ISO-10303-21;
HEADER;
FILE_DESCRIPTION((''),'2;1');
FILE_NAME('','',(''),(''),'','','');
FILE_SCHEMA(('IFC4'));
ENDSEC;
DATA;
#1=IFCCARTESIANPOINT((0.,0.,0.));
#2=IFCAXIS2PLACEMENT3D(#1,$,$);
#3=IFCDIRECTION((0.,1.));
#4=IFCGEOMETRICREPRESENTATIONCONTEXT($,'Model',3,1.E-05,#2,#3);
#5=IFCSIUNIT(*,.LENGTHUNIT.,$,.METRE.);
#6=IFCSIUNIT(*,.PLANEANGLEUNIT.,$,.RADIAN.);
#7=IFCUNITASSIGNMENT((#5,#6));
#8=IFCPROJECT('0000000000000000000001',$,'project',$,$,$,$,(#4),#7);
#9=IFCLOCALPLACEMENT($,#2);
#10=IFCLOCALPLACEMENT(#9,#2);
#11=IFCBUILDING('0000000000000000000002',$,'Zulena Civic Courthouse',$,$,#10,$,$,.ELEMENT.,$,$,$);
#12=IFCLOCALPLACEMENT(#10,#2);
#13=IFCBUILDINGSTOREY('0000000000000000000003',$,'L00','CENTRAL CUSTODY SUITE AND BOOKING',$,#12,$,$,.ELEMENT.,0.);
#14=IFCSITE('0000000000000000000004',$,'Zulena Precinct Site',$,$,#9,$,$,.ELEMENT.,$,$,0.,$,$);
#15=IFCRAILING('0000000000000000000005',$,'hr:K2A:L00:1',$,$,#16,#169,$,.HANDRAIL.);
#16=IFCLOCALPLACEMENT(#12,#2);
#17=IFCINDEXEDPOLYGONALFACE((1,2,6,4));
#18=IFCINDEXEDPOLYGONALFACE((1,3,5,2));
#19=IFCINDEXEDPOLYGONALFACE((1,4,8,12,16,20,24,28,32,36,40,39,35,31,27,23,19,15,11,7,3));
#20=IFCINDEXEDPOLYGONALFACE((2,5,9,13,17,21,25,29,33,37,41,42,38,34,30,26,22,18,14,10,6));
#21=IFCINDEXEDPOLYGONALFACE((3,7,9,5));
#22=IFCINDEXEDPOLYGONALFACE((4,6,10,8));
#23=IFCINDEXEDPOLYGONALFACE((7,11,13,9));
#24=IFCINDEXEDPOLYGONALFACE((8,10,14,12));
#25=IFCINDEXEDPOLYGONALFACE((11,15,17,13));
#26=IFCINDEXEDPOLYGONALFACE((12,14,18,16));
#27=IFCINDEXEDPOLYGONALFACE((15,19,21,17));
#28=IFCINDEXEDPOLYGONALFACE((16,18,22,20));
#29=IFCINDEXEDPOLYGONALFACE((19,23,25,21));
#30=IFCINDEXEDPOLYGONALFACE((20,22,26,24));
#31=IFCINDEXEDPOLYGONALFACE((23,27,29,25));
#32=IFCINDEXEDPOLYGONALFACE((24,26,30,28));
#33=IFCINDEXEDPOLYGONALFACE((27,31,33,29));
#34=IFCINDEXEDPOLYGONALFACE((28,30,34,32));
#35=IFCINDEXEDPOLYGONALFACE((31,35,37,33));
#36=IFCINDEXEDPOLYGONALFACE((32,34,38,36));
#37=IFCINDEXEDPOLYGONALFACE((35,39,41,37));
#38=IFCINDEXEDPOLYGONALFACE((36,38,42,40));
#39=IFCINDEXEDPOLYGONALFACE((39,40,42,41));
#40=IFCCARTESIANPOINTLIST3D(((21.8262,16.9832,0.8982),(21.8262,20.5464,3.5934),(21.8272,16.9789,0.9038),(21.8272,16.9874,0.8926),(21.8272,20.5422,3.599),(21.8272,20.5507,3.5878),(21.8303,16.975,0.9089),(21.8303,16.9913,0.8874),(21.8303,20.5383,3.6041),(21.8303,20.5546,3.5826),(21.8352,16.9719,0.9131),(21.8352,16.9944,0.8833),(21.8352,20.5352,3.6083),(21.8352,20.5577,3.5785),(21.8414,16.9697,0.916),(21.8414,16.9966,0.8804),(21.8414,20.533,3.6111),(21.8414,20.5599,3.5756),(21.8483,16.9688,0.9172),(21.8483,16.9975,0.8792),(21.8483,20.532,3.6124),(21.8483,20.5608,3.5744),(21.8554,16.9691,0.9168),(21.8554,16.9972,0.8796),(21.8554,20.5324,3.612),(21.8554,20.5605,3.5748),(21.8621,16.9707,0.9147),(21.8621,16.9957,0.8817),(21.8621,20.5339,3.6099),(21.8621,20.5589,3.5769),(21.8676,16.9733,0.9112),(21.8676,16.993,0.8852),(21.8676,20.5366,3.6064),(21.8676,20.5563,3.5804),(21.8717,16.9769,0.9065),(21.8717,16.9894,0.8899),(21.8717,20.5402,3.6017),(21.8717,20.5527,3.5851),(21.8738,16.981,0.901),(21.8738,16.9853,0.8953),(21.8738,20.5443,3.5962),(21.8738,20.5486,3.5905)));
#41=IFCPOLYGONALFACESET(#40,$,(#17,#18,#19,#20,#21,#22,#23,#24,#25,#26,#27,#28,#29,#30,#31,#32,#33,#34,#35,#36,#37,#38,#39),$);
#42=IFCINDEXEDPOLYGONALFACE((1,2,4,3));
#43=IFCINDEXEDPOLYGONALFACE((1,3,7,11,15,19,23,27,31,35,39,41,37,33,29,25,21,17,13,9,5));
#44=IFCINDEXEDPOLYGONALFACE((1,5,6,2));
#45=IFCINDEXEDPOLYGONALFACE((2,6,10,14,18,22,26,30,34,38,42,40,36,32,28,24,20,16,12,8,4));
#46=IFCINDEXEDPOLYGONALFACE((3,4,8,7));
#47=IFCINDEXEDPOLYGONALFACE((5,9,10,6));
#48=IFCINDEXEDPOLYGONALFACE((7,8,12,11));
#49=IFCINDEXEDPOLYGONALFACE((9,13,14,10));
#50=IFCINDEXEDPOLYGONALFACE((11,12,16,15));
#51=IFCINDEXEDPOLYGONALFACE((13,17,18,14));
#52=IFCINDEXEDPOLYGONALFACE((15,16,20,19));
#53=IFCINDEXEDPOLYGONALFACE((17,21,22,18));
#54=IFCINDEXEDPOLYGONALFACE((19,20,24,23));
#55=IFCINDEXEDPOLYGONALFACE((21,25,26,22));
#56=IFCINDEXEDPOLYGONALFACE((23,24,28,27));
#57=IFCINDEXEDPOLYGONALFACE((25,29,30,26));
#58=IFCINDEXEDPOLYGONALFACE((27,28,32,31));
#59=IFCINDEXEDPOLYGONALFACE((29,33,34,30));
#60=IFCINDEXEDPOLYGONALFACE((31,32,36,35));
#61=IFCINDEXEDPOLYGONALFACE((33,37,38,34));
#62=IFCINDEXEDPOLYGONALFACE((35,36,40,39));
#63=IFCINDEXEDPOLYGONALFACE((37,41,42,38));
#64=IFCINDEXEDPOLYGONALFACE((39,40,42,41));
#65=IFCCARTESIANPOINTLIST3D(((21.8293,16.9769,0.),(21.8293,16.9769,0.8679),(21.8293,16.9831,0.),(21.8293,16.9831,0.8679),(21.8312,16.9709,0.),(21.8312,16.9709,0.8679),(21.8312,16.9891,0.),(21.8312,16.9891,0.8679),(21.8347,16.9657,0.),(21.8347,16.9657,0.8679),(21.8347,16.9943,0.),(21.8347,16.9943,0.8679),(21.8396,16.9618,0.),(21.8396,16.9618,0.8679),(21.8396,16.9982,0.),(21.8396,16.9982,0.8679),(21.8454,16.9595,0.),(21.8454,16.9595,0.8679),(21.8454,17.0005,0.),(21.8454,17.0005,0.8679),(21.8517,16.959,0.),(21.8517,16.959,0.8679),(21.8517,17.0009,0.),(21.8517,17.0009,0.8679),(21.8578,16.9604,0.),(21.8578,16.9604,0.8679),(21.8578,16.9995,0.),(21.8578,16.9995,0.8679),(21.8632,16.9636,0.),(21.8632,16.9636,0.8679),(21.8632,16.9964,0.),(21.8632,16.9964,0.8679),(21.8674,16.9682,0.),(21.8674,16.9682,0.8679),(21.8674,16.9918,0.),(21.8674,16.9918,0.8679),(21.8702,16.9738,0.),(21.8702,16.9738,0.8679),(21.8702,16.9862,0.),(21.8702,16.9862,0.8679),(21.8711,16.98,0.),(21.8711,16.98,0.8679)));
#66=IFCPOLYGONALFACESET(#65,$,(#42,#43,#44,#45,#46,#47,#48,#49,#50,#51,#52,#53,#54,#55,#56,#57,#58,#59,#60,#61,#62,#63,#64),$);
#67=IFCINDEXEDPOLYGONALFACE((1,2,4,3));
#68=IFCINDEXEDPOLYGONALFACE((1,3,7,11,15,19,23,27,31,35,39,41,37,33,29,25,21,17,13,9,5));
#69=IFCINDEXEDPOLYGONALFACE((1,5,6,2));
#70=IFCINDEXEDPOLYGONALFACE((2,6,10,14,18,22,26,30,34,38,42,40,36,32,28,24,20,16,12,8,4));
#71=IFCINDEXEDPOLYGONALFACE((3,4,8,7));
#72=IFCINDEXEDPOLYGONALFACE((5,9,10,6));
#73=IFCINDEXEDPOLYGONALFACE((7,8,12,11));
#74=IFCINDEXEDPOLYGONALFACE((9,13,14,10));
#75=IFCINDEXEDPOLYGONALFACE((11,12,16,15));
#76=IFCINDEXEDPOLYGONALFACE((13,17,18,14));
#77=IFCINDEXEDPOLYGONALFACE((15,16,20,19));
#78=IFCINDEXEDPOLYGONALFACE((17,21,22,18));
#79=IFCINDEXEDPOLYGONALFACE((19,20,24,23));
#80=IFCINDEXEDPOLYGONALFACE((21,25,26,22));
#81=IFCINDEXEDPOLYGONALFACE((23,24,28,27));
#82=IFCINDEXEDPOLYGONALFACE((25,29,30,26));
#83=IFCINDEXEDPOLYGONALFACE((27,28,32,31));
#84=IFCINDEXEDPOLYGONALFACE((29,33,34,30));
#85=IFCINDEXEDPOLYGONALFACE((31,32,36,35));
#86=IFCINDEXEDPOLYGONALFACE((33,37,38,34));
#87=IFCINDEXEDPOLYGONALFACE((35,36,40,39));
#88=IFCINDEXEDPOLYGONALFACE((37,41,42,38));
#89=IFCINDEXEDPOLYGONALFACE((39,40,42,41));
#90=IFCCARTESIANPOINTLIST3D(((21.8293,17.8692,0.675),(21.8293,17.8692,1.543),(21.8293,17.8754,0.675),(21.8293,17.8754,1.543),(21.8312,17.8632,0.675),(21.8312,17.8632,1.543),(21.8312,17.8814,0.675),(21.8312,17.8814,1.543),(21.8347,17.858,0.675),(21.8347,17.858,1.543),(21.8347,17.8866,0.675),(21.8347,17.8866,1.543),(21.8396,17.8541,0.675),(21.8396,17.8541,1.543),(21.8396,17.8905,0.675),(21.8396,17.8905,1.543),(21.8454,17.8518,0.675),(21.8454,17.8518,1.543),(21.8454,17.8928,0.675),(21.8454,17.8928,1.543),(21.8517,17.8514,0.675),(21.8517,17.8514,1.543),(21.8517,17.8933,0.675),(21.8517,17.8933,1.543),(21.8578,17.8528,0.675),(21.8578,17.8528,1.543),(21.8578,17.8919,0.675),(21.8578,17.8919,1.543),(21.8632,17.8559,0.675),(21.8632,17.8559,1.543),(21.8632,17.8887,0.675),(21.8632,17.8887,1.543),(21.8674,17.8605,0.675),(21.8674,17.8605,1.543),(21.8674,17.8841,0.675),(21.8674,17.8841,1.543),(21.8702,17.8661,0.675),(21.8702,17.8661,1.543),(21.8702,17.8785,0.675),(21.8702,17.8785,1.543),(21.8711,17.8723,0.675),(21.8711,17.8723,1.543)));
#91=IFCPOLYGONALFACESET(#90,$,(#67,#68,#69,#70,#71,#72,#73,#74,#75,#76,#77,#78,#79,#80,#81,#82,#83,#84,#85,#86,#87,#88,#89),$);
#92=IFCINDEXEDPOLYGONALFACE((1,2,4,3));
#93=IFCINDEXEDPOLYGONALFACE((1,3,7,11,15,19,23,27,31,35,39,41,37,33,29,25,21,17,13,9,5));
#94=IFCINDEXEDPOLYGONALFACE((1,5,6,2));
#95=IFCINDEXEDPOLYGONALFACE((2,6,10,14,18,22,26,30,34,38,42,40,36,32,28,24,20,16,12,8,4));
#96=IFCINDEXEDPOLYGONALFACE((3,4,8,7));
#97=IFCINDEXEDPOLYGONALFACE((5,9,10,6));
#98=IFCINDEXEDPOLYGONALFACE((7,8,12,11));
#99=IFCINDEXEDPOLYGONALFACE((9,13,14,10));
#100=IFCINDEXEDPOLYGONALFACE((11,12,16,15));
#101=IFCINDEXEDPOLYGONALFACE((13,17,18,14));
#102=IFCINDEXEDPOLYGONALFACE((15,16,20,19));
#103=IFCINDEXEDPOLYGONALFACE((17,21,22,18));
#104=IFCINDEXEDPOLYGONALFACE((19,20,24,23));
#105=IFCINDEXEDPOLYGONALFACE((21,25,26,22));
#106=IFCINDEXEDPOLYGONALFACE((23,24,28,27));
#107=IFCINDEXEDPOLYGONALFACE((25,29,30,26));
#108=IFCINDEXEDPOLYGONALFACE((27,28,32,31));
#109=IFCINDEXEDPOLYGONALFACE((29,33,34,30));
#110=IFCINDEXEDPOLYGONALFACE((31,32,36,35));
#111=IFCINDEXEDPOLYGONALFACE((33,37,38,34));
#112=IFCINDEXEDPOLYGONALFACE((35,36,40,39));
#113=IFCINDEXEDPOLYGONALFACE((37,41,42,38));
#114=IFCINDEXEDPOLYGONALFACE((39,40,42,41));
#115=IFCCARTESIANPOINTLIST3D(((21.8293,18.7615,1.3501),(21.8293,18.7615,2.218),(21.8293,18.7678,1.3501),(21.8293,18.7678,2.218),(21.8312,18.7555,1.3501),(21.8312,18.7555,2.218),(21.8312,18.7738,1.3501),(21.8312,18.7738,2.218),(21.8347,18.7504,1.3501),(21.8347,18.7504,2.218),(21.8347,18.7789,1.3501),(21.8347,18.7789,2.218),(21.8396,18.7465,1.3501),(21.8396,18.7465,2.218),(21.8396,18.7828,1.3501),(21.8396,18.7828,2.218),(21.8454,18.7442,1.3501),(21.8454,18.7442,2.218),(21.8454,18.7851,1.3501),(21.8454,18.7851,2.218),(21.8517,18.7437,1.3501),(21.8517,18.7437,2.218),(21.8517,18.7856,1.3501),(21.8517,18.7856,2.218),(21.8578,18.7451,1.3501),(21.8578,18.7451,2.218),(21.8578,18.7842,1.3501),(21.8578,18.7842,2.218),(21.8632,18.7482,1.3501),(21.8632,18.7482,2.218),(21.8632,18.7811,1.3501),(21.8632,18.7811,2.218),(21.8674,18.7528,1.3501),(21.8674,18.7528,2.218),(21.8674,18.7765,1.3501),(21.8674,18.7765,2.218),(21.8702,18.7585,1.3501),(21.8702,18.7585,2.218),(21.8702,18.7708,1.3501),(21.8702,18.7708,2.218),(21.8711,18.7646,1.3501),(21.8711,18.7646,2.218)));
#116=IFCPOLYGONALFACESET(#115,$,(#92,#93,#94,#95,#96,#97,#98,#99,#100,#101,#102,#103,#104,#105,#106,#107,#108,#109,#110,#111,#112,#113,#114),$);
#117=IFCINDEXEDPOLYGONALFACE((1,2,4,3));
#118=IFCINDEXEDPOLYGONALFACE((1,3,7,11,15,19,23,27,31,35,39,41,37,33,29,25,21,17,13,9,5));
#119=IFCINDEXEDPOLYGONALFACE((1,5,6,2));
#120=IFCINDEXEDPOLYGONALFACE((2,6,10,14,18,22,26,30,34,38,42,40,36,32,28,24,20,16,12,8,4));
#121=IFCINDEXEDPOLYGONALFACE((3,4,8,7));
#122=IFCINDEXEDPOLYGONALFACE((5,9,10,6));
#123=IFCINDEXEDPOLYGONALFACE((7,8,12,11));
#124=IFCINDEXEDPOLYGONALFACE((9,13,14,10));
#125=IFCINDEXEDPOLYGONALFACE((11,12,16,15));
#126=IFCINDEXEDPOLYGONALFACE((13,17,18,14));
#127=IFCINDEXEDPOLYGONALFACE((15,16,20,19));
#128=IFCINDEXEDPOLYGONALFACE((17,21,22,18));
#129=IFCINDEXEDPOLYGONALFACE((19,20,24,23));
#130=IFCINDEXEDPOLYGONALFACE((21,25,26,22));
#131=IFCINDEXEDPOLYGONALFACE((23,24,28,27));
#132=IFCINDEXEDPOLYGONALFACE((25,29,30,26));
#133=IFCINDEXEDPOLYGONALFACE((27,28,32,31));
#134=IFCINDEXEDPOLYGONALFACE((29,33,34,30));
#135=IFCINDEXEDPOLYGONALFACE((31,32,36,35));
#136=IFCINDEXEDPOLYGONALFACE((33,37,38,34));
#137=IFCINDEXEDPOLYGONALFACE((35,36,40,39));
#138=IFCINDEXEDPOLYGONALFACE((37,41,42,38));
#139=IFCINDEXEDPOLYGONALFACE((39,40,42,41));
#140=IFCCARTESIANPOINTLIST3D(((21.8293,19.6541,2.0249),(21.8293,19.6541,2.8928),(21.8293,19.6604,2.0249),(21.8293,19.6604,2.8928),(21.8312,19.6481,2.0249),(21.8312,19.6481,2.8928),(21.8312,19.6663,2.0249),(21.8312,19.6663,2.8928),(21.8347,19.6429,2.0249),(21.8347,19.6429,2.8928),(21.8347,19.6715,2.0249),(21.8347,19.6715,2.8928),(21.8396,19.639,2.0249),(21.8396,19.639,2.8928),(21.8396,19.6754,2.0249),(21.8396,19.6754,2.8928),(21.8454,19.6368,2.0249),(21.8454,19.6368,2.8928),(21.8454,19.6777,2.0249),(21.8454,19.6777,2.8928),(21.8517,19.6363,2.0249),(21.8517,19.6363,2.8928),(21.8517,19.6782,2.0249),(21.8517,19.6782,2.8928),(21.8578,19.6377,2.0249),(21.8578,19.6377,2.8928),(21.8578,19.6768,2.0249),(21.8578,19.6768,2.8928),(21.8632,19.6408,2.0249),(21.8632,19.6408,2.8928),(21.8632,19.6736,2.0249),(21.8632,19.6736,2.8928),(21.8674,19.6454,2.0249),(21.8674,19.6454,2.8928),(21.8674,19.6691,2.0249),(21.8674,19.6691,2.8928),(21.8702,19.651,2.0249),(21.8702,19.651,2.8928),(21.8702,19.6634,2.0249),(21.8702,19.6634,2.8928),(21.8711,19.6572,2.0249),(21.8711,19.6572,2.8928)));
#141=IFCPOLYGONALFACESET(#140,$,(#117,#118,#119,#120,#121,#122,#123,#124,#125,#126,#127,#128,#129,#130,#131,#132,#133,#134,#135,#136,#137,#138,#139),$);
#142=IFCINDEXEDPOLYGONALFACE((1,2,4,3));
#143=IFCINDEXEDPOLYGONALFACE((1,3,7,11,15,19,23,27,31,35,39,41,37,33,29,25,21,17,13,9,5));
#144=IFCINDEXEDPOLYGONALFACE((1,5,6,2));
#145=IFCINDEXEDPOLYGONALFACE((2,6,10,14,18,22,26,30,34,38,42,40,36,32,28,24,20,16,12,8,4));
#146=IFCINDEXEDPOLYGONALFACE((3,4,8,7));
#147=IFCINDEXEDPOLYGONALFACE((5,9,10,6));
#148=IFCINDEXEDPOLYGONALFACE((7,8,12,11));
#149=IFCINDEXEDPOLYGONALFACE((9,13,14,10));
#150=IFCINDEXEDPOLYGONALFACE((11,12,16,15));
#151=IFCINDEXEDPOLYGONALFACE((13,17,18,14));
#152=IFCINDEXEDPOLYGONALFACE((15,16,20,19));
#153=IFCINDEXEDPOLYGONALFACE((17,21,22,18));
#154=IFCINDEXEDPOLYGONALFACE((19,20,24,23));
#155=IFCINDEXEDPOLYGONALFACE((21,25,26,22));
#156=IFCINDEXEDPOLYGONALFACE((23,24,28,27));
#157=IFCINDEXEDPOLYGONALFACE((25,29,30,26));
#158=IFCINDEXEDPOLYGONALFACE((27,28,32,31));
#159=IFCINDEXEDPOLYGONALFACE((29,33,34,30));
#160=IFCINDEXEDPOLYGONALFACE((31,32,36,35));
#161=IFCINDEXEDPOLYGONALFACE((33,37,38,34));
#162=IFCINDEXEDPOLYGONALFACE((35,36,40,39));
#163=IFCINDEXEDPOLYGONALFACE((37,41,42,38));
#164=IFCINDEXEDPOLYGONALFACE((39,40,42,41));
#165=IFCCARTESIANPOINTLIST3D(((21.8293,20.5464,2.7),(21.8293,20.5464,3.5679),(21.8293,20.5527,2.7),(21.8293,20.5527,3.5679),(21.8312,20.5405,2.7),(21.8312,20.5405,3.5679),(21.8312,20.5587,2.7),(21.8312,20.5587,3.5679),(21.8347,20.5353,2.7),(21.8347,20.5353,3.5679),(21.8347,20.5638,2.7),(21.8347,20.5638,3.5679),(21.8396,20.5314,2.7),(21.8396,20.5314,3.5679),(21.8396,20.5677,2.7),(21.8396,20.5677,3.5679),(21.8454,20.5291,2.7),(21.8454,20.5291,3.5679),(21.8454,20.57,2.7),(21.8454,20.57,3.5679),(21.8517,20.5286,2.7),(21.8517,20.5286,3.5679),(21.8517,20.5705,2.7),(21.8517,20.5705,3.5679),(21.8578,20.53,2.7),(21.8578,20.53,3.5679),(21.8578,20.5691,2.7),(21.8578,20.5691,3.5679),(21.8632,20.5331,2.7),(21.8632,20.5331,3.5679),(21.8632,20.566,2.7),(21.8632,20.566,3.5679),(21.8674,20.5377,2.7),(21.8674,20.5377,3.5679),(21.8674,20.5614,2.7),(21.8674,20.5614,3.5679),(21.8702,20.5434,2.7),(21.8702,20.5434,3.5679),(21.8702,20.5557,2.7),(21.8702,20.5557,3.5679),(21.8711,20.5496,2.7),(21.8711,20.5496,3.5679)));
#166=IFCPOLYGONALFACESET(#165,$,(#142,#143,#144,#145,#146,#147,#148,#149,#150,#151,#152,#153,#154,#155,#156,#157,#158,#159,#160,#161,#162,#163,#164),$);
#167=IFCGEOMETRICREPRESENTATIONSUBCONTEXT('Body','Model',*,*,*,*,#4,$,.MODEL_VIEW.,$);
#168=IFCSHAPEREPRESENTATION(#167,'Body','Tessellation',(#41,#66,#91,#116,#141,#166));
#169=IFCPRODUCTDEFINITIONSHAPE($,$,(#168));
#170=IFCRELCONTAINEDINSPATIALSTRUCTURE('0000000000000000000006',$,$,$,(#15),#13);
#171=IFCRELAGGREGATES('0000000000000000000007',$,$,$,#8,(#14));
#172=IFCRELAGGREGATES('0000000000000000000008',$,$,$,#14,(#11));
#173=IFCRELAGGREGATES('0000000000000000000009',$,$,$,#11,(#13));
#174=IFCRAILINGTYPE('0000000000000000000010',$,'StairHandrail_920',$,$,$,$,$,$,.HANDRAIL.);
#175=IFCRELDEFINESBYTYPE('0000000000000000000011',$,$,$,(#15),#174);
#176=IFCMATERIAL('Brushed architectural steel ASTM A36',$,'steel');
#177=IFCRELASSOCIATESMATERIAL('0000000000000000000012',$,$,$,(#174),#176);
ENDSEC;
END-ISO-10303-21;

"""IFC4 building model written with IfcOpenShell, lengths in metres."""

from ifc_helpers import new_model, si_unit, direction, frame, origin, origin_2d, place, context, subcontext, project, spatial, circle, extrude, material, type_object, element, save


model = new_model("IFC4")

# Units and contexts
model_context = context("Model", 3, precision=1e-05, world=origin(), true_north=direction((0.0, 1.0)))
body_context = subcontext(model_context, "Body", "Model", "MODEL_VIEW")
ifc_project = project(units=[si_unit("LENGTHUNIT", "METRE"), si_unit("PLANEANGLEUNIT", "RADIAN")], contexts=[model_context])

# Site, building, storey
site_placement = place(None, origin())
site = spatial("IfcSite", under=ifc_project, at=site_placement, Name="Zulena Precinct Site", CompositionType="ELEMENT", RefElevation=0.0)
building_placement = place(site_placement, origin())
building = spatial("IfcBuilding", under=site, at=building_placement, Name="Zulena Civic Courthouse", CompositionType="ELEMENT")
storey_placement = place(building_placement, origin())
storey = spatial("IfcBuildingStorey", under=building, at=storey_placement, Name="L00", Description="CENTRAL CUSTODY SUITE AND BOOKING", CompositionType="ELEMENT", Elevation=0.0)

# Railing
ifc_material_1 = material(Name="Brushed architectural steel ASTM A36", Category="steel")
railing_type_1 = type_object("IfcRailingType", Name="StairHandrail_920", PredefinedType="HANDRAIL", material=ifc_material_1)
railing_1_placement = place(storey_placement, frame((21.8501, 16.98, 0.0)))
element("IfcRailing", 1, at=railing_1_placement, inside=storey, type_object=railing_type_1, Name="hr:K2A:L00:1", PredefinedType="HANDRAIL", context=body_context, shape_type="SweptSolid", body=[
    extrude(circle(Radius=0.0239, at=origin_2d()), frame((0.0, 0.0032, 0.8982), z_axis=(0.0, 0.797552, 0.60325), x_axis=(-1.0, 0.0, 0.0)), (0.0, 0.0, 1.0), 4.4678),
    extrude(circle(Radius=0.021, at=origin_2d()), origin(), (0.0, 0.0, 1.0), 0.8679),
    extrude(circle(Radius=0.021, at=origin_2d()), frame((0.0, 0.8923, 0.675)), (0.0, 0.0, 1.0), 0.8679),
    extrude(circle(Radius=0.021, at=origin_2d()), frame((0.0, 1.7847, 1.3501)), (0.0, 0.0, 1.0), 0.8679),
    extrude(circle(Radius=0.021, at=origin_2d()), frame((0.0, 2.6772, 2.0249)), (0.0, 0.0, 1.0), 0.8679),
    extrude(circle(Radius=0.021, at=origin_2d()), frame((0.0, 3.5696, 2.7)), (0.0, 0.0, 1.0), 0.8679),
])

save(model, "model.ifc")
